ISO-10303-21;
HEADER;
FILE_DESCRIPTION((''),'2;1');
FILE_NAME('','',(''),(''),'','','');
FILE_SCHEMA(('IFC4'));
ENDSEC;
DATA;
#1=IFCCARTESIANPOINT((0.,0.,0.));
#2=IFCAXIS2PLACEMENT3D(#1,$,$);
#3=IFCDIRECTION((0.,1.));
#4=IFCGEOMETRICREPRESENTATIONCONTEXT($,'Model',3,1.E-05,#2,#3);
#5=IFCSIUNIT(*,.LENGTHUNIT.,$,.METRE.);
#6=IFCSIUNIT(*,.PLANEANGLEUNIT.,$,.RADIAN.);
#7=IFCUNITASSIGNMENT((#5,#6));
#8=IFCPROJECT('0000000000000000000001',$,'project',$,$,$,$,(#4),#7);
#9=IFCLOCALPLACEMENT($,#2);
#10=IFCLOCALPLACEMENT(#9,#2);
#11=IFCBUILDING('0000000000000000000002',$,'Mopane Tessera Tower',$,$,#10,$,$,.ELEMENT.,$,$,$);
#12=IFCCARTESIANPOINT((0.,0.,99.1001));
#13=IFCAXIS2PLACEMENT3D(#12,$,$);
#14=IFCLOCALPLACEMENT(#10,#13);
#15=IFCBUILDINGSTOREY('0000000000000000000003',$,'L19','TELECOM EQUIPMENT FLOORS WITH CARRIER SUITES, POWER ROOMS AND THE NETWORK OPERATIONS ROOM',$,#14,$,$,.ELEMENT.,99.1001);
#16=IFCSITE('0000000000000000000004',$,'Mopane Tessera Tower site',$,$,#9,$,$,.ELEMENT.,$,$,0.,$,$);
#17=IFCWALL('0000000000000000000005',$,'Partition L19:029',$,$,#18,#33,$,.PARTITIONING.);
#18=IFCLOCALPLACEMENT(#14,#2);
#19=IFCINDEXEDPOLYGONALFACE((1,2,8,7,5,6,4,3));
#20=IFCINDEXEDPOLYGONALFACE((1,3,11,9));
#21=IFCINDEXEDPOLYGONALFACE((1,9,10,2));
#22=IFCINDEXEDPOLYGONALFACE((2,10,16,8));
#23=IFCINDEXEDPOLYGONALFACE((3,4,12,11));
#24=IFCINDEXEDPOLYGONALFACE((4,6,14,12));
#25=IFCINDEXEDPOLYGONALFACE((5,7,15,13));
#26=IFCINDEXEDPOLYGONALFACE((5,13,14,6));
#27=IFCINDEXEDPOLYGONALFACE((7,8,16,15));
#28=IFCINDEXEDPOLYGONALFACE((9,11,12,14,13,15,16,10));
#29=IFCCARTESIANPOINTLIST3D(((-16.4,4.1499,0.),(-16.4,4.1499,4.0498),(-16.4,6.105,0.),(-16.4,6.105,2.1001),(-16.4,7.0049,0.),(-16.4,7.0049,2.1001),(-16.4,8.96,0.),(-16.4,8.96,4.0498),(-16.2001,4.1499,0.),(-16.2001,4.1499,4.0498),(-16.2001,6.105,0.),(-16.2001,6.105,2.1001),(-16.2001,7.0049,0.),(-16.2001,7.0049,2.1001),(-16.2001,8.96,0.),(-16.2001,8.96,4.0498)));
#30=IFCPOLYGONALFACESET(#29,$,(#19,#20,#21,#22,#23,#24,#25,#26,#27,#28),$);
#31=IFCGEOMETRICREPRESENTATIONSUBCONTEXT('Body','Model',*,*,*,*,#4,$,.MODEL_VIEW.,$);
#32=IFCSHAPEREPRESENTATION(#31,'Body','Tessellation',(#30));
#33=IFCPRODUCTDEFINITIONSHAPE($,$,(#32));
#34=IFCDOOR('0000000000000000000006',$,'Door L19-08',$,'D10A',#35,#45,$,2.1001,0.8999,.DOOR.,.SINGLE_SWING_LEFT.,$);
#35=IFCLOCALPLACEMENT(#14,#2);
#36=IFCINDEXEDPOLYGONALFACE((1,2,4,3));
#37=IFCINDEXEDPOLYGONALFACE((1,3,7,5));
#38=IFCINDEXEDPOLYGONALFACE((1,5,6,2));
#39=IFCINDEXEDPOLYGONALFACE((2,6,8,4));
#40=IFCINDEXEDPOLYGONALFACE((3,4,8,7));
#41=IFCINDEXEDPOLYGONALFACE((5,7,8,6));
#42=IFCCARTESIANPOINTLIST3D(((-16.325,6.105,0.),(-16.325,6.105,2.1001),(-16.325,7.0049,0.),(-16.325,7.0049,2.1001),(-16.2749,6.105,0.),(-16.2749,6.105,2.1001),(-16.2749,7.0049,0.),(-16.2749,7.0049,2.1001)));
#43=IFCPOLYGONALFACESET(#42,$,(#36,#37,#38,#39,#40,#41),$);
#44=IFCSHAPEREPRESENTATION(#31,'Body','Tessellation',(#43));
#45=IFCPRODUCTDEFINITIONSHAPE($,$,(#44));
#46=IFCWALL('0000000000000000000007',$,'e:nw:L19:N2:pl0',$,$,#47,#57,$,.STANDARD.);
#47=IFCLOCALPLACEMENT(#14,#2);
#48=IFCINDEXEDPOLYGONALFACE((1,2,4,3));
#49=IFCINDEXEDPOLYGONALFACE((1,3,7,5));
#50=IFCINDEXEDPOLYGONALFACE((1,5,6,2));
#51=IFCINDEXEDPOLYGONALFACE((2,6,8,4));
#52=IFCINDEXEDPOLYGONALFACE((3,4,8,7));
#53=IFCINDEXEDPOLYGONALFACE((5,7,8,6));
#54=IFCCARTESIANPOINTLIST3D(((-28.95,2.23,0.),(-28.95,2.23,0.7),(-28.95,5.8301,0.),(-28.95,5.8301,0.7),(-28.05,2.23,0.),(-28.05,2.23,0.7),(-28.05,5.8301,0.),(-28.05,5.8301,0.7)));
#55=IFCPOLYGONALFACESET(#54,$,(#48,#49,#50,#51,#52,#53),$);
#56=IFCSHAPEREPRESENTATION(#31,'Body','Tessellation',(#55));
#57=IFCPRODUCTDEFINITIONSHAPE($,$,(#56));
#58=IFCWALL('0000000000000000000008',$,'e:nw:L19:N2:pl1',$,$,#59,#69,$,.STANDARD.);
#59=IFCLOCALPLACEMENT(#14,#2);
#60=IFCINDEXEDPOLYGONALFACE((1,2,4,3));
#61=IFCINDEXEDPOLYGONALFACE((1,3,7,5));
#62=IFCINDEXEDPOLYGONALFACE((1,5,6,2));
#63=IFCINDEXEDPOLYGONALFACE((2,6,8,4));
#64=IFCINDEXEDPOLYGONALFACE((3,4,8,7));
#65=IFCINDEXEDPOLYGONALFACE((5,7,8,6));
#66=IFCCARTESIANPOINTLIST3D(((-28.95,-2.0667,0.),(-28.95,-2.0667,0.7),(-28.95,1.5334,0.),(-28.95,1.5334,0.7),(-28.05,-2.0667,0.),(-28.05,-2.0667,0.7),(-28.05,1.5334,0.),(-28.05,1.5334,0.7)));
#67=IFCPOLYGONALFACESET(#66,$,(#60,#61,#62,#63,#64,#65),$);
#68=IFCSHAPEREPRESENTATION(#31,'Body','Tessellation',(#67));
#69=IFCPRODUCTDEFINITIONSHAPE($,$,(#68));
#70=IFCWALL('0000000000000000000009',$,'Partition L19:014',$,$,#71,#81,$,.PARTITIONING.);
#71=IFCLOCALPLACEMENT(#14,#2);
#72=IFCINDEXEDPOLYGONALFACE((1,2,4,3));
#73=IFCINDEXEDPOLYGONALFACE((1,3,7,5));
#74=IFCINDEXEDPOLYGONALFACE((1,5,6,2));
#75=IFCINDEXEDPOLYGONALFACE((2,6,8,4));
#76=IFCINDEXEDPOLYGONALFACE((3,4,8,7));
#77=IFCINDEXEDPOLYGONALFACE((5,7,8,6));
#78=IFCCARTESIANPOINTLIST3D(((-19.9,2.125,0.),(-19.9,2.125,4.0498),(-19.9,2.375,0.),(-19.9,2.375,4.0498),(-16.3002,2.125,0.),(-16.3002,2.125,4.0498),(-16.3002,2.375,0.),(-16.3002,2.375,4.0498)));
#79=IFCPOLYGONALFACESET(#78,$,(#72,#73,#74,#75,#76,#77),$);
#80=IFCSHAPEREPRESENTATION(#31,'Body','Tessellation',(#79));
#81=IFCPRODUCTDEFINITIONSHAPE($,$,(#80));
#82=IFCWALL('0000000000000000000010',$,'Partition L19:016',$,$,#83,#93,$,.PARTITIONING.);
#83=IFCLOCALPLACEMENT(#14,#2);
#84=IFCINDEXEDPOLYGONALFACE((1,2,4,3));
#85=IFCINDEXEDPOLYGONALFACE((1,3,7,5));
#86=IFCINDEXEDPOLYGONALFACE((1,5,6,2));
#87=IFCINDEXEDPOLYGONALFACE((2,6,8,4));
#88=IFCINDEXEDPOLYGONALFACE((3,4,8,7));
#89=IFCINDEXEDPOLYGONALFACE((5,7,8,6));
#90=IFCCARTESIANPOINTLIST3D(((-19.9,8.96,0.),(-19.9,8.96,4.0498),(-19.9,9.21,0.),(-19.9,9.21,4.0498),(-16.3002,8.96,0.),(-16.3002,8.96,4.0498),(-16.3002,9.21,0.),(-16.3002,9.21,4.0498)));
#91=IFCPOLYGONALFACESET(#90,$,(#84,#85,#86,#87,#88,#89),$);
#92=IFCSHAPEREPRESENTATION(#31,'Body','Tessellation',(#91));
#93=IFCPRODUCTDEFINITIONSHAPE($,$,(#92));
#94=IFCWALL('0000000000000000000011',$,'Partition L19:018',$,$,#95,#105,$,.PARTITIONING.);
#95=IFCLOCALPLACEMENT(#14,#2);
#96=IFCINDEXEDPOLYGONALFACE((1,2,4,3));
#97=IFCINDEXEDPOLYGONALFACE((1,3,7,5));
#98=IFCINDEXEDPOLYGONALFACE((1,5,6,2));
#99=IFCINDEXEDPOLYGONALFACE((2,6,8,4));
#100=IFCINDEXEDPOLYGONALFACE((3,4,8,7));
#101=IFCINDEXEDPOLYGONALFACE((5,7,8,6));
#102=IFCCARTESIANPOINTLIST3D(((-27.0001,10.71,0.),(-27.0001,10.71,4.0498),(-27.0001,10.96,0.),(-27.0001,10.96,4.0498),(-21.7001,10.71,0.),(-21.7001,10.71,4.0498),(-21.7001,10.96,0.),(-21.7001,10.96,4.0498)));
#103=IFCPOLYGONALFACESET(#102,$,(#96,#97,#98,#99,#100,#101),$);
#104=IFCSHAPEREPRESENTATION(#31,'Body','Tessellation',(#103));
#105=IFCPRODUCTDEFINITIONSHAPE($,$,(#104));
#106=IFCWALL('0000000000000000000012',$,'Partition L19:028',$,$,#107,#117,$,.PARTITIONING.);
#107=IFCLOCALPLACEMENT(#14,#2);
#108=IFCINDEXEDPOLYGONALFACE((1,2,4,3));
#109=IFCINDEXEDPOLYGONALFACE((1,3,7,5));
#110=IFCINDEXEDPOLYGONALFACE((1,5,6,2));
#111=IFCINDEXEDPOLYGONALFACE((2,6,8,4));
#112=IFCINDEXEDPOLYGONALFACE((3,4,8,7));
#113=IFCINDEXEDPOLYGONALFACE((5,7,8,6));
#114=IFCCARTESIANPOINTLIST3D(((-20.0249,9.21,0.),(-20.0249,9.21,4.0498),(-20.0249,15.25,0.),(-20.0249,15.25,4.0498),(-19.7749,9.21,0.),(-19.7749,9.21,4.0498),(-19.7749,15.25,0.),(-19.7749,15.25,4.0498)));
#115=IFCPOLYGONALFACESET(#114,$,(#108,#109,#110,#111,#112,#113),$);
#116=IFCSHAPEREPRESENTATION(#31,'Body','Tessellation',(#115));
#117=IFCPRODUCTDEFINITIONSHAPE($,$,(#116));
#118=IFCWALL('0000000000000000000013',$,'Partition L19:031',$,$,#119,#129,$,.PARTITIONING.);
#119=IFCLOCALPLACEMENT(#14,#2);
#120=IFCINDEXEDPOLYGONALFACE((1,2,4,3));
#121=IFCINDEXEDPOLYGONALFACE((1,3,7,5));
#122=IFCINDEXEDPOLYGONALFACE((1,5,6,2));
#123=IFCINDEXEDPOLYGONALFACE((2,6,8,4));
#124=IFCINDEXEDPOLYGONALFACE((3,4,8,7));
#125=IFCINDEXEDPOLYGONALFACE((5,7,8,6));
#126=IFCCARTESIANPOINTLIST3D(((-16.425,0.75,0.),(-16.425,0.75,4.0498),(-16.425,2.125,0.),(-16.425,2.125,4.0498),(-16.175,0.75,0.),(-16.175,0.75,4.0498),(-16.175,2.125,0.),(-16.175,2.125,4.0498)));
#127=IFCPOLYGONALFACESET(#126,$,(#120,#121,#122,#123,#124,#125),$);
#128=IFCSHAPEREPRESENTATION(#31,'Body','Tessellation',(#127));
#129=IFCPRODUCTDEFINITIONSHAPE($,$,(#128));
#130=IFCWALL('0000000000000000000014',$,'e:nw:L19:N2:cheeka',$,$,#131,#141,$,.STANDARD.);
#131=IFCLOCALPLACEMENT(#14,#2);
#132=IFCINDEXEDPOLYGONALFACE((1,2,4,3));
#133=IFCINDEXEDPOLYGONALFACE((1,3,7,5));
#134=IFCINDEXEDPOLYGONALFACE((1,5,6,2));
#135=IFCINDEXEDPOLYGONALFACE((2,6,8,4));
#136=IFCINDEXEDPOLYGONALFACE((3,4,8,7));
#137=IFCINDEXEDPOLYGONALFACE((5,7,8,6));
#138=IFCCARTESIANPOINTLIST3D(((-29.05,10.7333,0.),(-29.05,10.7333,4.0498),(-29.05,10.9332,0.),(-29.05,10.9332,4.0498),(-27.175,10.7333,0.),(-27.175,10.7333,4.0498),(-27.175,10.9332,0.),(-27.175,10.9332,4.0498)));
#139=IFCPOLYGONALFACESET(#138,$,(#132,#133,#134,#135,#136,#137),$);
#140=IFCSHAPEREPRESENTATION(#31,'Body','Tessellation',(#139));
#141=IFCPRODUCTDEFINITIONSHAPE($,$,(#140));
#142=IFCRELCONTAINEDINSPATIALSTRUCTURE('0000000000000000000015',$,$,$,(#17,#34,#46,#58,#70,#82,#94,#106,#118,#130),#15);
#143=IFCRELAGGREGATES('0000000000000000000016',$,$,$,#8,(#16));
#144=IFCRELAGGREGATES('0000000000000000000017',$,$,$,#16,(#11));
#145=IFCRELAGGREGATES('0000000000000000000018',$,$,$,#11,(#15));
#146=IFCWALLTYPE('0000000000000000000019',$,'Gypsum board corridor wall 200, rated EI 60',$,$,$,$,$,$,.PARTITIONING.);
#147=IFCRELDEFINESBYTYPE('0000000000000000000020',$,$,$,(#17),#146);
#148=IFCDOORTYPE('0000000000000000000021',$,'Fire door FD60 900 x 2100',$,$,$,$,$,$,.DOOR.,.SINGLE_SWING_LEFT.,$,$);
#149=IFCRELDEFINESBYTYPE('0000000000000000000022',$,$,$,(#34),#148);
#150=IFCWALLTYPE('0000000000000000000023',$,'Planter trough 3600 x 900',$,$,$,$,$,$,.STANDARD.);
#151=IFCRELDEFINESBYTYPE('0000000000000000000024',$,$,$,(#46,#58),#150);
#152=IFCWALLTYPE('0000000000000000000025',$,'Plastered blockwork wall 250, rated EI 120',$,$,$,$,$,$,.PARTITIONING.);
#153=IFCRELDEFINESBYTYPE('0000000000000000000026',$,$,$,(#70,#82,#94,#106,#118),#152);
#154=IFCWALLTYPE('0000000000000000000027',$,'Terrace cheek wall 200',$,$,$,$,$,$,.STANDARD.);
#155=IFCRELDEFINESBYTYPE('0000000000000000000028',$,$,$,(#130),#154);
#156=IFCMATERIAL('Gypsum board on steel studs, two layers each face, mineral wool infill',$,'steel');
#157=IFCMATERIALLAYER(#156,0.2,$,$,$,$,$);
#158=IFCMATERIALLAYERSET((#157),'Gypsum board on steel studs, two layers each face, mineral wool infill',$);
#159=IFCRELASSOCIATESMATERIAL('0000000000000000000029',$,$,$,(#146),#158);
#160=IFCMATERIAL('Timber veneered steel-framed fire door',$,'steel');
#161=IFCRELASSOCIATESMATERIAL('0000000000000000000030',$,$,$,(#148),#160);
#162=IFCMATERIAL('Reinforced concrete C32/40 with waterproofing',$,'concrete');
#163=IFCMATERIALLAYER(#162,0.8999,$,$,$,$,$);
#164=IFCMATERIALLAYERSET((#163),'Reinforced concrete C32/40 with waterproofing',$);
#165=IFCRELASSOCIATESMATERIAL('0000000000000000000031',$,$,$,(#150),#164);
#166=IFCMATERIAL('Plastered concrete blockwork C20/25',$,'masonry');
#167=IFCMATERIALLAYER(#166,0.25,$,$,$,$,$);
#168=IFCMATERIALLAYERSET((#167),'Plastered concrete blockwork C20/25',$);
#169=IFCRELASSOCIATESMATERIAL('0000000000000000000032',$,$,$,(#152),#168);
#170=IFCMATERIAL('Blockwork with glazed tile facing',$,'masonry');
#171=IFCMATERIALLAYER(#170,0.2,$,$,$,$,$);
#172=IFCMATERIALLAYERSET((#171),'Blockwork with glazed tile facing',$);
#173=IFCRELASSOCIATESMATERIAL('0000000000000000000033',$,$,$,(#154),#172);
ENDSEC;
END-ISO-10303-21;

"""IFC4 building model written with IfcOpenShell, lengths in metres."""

from ifc_helpers import new_model, si_unit, direction, frame, frame_2d, origin, place, context, subcontext, project, spatial, rectangle, extrude, material, layer, layer_set, type_object, element, fill, save


model = new_model("IFC4")

# Units and contexts
model_context = context("Model", 3, precision=1e-05, world=origin(), true_north=direction((0.0, 1.0)))
body_context = subcontext(model_context, "Body", "Model", "MODEL_VIEW")
ifc_project = project(units=[si_unit("LENGTHUNIT", "METRE"), si_unit("PLANEANGLEUNIT", "RADIAN")], contexts=[model_context])

# Site, building, storey
site_placement = place(None, origin())
site = spatial("IfcSite", under=ifc_project, at=site_placement, Name="Mopane Tessera Tower site", CompositionType="ELEMENT", RefElevation=0.0)
building_placement = place(site_placement, origin())
building = spatial("IfcBuilding", under=site, at=building_placement, Name="Mopane Tessera Tower", CompositionType="ELEMENT")
storey_placement = place(building_placement, frame((0.0, 0.0, 99.1001)))
storey = spatial("IfcBuildingStorey", under=building, at=storey_placement, Name="L19", Description="TELECOM EQUIPMENT FLOORS WITH CARRIER SUITES, POWER ROOMS AND THE NETWORK OPERATIONS ROOM", CompositionType="ELEMENT", Elevation=99.1001)

# Shared definitions
ifc_material_1 = material(Name="Gypsum board on steel studs, two layers each face, mineral wool infill", Category="steel")
ifc_layer_1 = layer(ifc_material_1, 0.2)
ifc_layer_set_1 = layer_set([ifc_layer_1], Name="Gypsum board on steel studs, two layers each face, mineral wool infill")
wall_type_1 = type_object("IfcWallType", Name="Gypsum board corridor wall 200, rated EI 60", PredefinedType="PARTITIONING", material=ifc_layer_set_1)

# Wall, opening, door
wall_1_placement = place(storey_placement, frame((-16.3, 4.1499, 0.0), z_axis=(0.0, 0.0, 1.0), x_axis=(0.0, 1.0, 0.0)))
wall_1 = element("IfcWall", 1, at=wall_1_placement, inside=storey, type_object=wall_type_1, Name="Partition L19:029", PredefinedType="PARTITIONING", context=body_context, shape_type="SweptSolid", body=[
    extrude(rectangle(XDim=4.8101, YDim=0.2, at=frame_2d((2.405, 0.0))), origin(), (0.0, 0.0, 1.0), 4.0498),
])
opening_placement = place(wall_1_placement, frame((1.9551, 0.0, 0.0)))
opening = element("IfcOpeningElement", 2, at=opening_placement, cuts=wall_1, PredefinedType="OPENING", context=body_context, shape_type="SweptSolid", body=[
    extrude(rectangle(XDim=0.8999, YDim=2.1001, at=frame_2d((0.45, 1.05))), frame((0.0, 0.1121, 0.0), z_axis=(0.0, -1.0, 0.0), x_axis=(1.0, 0.0, 0.0)), (0.0, 0.0, 1.0), 0.2239),
])
ifc_material_2 = material(Name="Timber veneered steel-framed fire door", Category="steel")
door_type = type_object("IfcDoorType", Name="Fire door FD60 900 x 2100", OperationType="SINGLE_SWING_LEFT", PredefinedType="DOOR", material=ifc_material_2)
door_placement = place(opening_placement, origin())
door = element("IfcDoor", 3, at=door_placement, inside=storey, type_object=door_type, Name="Door L19-08", ObjectType="D10A", OperationType="SINGLE_SWING_LEFT", OverallHeight=2.1001, OverallWidth=0.8999, PredefinedType="DOOR", context=body_context, shape_type="SweptSolid", body=[
    extrude(rectangle(XDim=0.8999, YDim=2.1001, at=frame_2d((0.45, 1.05))), frame((0.0, 0.0249, 0.0), z_axis=(0.0, -1.0, 0.0), x_axis=(1.0, 0.0, 0.0)), (0.0, 0.0, 1.0), 0.05),
])
fill(opening, door)

# Walls
ifc_material_3 = material(Name="Reinforced concrete C32/40 with waterproofing", Category="concrete")
ifc_layer_2 = layer(ifc_material_3, 0.8999)
ifc_layer_set_2 = layer_set([ifc_layer_2], Name="Reinforced concrete C32/40 with waterproofing")
wall_type_2 = type_object("IfcWallType", Name="Planter trough 3600 x 900", PredefinedType="STANDARD", material=ifc_layer_set_2)
for number, where, z_axis, x_axis, name in (
    (4, (-28.5, 5.8301, 0.0), (0.0, 0.0, 1.0), (0.0, -1.0, 0.0), "e:nw:L19:N2:pl0"),
    (5, (-28.5, 1.5334, 0.0), (0.0, 0.0, 1.0), (0.0, -1.0, 0.0), "e:nw:L19:N2:pl1"),
):
    element("IfcWall", number, at=place(storey_placement, frame(where, z_axis=z_axis, x_axis=x_axis)), inside=storey, type_object=wall_type_2, Name=name, PredefinedType="STANDARD", context=body_context, shape_type="SweptSolid", body=[
        extrude(rectangle(XDim=3.6001, YDim=0.8999, at=frame_2d((1.8, 0.0))), origin(), (0.0, 0.0, 1.0), 0.7),
    ])
ifc_material_4 = material(Name="Plastered concrete blockwork C20/25", Category="masonry")
ifc_layer_3 = layer(ifc_material_4, 0.25)
ifc_layer_set_3 = layer_set([ifc_layer_3], Name="Plastered concrete blockwork C20/25")
wall_type_3 = type_object("IfcWallType", Name="Plastered blockwork wall 250, rated EI 120", PredefinedType="PARTITIONING", material=ifc_layer_set_3)
for number, where, z_axis, x_axis, name in (
    (6, (-19.8999, 2.25, 0.0), (0.0, 0.0, 1.0), (1.0, 0.0, 0.0), "Partition L19:014"),
    (7, (-19.8999, 9.085, 0.0), (0.0, 0.0, 1.0), (1.0, 0.0, 0.0), "Partition L19:016"),
):
    element("IfcWall", number, at=place(storey_placement, frame(where, z_axis=z_axis, x_axis=x_axis)), inside=storey, type_object=wall_type_3, Name=name, PredefinedType="PARTITIONING", context=body_context, shape_type="SweptSolid", body=[
        extrude(rectangle(XDim=3.5999, YDim=0.25, at=frame_2d((1.7998, 0.0))), origin(), (0.0, 0.0, 1.0), 4.0498),
    ])
wall_2_placement = place(storey_placement, frame((-27.0, 10.835, 0.0), z_axis=(0.0, 0.0, 1.0), x_axis=(1.0, 0.0, 0.0)))
element("IfcWall", 8, at=wall_2_placement, inside=storey, type_object=wall_type_3, Name="Partition L19:018", PredefinedType="PARTITIONING", context=body_context, shape_type="SweptSolid", body=[
    extrude(rectangle(XDim=5.3, YDim=0.25, at=frame_2d((2.6499, 0.0))), origin(), (0.0, 0.0, 1.0), 4.0498),
])
wall_3_placement = place(storey_placement, frame((-19.8999, 9.21, 0.0), z_axis=(0.0, 0.0, 1.0), x_axis=(0.0, 1.0, 0.0)))
element("IfcWall", 9, at=wall_3_placement, inside=storey, type_object=wall_type_3, Name="Partition L19:028", PredefinedType="PARTITIONING", context=body_context, shape_type="SweptSolid", body=[
    extrude(rectangle(XDim=6.04, YDim=0.25, at=frame_2d((3.02, 0.0))), origin(), (0.0, 0.0, 1.0), 4.0498),
])
wall_4_placement = place(storey_placement, frame((-16.3, 0.75, 0.0), z_axis=(0.0, 0.0, 1.0), x_axis=(0.0, 1.0, 0.0)))
element("IfcWall", 10, at=wall_4_placement, inside=storey, type_object=wall_type_3, Name="Partition L19:031", PredefinedType="PARTITIONING", context=body_context, shape_type="SweptSolid", body=[
    extrude(rectangle(XDim=1.375, YDim=0.25, at=frame_2d((0.6875, 0.0))), origin(), (0.0, 0.0, 1.0), 4.0498),
])
ifc_material_5 = material(Name="Blockwork with glazed tile facing", Category="masonry")
ifc_layer_4 = layer(ifc_material_5, 0.2)
ifc_layer_set_4 = layer_set([ifc_layer_4], Name="Blockwork with glazed tile facing")
wall_type_4 = type_object("IfcWallType", Name="Terrace cheek wall 200", PredefinedType="STANDARD", material=ifc_layer_set_4)
wall_5_placement = place(storey_placement, frame((-29.05, 10.8333, 0.0), z_axis=(0.0, 0.0, 1.0), x_axis=(1.0, 0.0, 0.0)))
element("IfcWall", 11, at=wall_5_placement, inside=storey, type_object=wall_type_4, Name="e:nw:L19:N2:cheeka", PredefinedType="STANDARD", context=body_context, shape_type="SweptSolid", body=[
    extrude(rectangle(XDim=1.875, YDim=0.2, at=frame_2d((0.9375, 0.0))), origin(), (0.0, 0.0, 1.0), 4.0498),
])

save(model, "model.ifc")
